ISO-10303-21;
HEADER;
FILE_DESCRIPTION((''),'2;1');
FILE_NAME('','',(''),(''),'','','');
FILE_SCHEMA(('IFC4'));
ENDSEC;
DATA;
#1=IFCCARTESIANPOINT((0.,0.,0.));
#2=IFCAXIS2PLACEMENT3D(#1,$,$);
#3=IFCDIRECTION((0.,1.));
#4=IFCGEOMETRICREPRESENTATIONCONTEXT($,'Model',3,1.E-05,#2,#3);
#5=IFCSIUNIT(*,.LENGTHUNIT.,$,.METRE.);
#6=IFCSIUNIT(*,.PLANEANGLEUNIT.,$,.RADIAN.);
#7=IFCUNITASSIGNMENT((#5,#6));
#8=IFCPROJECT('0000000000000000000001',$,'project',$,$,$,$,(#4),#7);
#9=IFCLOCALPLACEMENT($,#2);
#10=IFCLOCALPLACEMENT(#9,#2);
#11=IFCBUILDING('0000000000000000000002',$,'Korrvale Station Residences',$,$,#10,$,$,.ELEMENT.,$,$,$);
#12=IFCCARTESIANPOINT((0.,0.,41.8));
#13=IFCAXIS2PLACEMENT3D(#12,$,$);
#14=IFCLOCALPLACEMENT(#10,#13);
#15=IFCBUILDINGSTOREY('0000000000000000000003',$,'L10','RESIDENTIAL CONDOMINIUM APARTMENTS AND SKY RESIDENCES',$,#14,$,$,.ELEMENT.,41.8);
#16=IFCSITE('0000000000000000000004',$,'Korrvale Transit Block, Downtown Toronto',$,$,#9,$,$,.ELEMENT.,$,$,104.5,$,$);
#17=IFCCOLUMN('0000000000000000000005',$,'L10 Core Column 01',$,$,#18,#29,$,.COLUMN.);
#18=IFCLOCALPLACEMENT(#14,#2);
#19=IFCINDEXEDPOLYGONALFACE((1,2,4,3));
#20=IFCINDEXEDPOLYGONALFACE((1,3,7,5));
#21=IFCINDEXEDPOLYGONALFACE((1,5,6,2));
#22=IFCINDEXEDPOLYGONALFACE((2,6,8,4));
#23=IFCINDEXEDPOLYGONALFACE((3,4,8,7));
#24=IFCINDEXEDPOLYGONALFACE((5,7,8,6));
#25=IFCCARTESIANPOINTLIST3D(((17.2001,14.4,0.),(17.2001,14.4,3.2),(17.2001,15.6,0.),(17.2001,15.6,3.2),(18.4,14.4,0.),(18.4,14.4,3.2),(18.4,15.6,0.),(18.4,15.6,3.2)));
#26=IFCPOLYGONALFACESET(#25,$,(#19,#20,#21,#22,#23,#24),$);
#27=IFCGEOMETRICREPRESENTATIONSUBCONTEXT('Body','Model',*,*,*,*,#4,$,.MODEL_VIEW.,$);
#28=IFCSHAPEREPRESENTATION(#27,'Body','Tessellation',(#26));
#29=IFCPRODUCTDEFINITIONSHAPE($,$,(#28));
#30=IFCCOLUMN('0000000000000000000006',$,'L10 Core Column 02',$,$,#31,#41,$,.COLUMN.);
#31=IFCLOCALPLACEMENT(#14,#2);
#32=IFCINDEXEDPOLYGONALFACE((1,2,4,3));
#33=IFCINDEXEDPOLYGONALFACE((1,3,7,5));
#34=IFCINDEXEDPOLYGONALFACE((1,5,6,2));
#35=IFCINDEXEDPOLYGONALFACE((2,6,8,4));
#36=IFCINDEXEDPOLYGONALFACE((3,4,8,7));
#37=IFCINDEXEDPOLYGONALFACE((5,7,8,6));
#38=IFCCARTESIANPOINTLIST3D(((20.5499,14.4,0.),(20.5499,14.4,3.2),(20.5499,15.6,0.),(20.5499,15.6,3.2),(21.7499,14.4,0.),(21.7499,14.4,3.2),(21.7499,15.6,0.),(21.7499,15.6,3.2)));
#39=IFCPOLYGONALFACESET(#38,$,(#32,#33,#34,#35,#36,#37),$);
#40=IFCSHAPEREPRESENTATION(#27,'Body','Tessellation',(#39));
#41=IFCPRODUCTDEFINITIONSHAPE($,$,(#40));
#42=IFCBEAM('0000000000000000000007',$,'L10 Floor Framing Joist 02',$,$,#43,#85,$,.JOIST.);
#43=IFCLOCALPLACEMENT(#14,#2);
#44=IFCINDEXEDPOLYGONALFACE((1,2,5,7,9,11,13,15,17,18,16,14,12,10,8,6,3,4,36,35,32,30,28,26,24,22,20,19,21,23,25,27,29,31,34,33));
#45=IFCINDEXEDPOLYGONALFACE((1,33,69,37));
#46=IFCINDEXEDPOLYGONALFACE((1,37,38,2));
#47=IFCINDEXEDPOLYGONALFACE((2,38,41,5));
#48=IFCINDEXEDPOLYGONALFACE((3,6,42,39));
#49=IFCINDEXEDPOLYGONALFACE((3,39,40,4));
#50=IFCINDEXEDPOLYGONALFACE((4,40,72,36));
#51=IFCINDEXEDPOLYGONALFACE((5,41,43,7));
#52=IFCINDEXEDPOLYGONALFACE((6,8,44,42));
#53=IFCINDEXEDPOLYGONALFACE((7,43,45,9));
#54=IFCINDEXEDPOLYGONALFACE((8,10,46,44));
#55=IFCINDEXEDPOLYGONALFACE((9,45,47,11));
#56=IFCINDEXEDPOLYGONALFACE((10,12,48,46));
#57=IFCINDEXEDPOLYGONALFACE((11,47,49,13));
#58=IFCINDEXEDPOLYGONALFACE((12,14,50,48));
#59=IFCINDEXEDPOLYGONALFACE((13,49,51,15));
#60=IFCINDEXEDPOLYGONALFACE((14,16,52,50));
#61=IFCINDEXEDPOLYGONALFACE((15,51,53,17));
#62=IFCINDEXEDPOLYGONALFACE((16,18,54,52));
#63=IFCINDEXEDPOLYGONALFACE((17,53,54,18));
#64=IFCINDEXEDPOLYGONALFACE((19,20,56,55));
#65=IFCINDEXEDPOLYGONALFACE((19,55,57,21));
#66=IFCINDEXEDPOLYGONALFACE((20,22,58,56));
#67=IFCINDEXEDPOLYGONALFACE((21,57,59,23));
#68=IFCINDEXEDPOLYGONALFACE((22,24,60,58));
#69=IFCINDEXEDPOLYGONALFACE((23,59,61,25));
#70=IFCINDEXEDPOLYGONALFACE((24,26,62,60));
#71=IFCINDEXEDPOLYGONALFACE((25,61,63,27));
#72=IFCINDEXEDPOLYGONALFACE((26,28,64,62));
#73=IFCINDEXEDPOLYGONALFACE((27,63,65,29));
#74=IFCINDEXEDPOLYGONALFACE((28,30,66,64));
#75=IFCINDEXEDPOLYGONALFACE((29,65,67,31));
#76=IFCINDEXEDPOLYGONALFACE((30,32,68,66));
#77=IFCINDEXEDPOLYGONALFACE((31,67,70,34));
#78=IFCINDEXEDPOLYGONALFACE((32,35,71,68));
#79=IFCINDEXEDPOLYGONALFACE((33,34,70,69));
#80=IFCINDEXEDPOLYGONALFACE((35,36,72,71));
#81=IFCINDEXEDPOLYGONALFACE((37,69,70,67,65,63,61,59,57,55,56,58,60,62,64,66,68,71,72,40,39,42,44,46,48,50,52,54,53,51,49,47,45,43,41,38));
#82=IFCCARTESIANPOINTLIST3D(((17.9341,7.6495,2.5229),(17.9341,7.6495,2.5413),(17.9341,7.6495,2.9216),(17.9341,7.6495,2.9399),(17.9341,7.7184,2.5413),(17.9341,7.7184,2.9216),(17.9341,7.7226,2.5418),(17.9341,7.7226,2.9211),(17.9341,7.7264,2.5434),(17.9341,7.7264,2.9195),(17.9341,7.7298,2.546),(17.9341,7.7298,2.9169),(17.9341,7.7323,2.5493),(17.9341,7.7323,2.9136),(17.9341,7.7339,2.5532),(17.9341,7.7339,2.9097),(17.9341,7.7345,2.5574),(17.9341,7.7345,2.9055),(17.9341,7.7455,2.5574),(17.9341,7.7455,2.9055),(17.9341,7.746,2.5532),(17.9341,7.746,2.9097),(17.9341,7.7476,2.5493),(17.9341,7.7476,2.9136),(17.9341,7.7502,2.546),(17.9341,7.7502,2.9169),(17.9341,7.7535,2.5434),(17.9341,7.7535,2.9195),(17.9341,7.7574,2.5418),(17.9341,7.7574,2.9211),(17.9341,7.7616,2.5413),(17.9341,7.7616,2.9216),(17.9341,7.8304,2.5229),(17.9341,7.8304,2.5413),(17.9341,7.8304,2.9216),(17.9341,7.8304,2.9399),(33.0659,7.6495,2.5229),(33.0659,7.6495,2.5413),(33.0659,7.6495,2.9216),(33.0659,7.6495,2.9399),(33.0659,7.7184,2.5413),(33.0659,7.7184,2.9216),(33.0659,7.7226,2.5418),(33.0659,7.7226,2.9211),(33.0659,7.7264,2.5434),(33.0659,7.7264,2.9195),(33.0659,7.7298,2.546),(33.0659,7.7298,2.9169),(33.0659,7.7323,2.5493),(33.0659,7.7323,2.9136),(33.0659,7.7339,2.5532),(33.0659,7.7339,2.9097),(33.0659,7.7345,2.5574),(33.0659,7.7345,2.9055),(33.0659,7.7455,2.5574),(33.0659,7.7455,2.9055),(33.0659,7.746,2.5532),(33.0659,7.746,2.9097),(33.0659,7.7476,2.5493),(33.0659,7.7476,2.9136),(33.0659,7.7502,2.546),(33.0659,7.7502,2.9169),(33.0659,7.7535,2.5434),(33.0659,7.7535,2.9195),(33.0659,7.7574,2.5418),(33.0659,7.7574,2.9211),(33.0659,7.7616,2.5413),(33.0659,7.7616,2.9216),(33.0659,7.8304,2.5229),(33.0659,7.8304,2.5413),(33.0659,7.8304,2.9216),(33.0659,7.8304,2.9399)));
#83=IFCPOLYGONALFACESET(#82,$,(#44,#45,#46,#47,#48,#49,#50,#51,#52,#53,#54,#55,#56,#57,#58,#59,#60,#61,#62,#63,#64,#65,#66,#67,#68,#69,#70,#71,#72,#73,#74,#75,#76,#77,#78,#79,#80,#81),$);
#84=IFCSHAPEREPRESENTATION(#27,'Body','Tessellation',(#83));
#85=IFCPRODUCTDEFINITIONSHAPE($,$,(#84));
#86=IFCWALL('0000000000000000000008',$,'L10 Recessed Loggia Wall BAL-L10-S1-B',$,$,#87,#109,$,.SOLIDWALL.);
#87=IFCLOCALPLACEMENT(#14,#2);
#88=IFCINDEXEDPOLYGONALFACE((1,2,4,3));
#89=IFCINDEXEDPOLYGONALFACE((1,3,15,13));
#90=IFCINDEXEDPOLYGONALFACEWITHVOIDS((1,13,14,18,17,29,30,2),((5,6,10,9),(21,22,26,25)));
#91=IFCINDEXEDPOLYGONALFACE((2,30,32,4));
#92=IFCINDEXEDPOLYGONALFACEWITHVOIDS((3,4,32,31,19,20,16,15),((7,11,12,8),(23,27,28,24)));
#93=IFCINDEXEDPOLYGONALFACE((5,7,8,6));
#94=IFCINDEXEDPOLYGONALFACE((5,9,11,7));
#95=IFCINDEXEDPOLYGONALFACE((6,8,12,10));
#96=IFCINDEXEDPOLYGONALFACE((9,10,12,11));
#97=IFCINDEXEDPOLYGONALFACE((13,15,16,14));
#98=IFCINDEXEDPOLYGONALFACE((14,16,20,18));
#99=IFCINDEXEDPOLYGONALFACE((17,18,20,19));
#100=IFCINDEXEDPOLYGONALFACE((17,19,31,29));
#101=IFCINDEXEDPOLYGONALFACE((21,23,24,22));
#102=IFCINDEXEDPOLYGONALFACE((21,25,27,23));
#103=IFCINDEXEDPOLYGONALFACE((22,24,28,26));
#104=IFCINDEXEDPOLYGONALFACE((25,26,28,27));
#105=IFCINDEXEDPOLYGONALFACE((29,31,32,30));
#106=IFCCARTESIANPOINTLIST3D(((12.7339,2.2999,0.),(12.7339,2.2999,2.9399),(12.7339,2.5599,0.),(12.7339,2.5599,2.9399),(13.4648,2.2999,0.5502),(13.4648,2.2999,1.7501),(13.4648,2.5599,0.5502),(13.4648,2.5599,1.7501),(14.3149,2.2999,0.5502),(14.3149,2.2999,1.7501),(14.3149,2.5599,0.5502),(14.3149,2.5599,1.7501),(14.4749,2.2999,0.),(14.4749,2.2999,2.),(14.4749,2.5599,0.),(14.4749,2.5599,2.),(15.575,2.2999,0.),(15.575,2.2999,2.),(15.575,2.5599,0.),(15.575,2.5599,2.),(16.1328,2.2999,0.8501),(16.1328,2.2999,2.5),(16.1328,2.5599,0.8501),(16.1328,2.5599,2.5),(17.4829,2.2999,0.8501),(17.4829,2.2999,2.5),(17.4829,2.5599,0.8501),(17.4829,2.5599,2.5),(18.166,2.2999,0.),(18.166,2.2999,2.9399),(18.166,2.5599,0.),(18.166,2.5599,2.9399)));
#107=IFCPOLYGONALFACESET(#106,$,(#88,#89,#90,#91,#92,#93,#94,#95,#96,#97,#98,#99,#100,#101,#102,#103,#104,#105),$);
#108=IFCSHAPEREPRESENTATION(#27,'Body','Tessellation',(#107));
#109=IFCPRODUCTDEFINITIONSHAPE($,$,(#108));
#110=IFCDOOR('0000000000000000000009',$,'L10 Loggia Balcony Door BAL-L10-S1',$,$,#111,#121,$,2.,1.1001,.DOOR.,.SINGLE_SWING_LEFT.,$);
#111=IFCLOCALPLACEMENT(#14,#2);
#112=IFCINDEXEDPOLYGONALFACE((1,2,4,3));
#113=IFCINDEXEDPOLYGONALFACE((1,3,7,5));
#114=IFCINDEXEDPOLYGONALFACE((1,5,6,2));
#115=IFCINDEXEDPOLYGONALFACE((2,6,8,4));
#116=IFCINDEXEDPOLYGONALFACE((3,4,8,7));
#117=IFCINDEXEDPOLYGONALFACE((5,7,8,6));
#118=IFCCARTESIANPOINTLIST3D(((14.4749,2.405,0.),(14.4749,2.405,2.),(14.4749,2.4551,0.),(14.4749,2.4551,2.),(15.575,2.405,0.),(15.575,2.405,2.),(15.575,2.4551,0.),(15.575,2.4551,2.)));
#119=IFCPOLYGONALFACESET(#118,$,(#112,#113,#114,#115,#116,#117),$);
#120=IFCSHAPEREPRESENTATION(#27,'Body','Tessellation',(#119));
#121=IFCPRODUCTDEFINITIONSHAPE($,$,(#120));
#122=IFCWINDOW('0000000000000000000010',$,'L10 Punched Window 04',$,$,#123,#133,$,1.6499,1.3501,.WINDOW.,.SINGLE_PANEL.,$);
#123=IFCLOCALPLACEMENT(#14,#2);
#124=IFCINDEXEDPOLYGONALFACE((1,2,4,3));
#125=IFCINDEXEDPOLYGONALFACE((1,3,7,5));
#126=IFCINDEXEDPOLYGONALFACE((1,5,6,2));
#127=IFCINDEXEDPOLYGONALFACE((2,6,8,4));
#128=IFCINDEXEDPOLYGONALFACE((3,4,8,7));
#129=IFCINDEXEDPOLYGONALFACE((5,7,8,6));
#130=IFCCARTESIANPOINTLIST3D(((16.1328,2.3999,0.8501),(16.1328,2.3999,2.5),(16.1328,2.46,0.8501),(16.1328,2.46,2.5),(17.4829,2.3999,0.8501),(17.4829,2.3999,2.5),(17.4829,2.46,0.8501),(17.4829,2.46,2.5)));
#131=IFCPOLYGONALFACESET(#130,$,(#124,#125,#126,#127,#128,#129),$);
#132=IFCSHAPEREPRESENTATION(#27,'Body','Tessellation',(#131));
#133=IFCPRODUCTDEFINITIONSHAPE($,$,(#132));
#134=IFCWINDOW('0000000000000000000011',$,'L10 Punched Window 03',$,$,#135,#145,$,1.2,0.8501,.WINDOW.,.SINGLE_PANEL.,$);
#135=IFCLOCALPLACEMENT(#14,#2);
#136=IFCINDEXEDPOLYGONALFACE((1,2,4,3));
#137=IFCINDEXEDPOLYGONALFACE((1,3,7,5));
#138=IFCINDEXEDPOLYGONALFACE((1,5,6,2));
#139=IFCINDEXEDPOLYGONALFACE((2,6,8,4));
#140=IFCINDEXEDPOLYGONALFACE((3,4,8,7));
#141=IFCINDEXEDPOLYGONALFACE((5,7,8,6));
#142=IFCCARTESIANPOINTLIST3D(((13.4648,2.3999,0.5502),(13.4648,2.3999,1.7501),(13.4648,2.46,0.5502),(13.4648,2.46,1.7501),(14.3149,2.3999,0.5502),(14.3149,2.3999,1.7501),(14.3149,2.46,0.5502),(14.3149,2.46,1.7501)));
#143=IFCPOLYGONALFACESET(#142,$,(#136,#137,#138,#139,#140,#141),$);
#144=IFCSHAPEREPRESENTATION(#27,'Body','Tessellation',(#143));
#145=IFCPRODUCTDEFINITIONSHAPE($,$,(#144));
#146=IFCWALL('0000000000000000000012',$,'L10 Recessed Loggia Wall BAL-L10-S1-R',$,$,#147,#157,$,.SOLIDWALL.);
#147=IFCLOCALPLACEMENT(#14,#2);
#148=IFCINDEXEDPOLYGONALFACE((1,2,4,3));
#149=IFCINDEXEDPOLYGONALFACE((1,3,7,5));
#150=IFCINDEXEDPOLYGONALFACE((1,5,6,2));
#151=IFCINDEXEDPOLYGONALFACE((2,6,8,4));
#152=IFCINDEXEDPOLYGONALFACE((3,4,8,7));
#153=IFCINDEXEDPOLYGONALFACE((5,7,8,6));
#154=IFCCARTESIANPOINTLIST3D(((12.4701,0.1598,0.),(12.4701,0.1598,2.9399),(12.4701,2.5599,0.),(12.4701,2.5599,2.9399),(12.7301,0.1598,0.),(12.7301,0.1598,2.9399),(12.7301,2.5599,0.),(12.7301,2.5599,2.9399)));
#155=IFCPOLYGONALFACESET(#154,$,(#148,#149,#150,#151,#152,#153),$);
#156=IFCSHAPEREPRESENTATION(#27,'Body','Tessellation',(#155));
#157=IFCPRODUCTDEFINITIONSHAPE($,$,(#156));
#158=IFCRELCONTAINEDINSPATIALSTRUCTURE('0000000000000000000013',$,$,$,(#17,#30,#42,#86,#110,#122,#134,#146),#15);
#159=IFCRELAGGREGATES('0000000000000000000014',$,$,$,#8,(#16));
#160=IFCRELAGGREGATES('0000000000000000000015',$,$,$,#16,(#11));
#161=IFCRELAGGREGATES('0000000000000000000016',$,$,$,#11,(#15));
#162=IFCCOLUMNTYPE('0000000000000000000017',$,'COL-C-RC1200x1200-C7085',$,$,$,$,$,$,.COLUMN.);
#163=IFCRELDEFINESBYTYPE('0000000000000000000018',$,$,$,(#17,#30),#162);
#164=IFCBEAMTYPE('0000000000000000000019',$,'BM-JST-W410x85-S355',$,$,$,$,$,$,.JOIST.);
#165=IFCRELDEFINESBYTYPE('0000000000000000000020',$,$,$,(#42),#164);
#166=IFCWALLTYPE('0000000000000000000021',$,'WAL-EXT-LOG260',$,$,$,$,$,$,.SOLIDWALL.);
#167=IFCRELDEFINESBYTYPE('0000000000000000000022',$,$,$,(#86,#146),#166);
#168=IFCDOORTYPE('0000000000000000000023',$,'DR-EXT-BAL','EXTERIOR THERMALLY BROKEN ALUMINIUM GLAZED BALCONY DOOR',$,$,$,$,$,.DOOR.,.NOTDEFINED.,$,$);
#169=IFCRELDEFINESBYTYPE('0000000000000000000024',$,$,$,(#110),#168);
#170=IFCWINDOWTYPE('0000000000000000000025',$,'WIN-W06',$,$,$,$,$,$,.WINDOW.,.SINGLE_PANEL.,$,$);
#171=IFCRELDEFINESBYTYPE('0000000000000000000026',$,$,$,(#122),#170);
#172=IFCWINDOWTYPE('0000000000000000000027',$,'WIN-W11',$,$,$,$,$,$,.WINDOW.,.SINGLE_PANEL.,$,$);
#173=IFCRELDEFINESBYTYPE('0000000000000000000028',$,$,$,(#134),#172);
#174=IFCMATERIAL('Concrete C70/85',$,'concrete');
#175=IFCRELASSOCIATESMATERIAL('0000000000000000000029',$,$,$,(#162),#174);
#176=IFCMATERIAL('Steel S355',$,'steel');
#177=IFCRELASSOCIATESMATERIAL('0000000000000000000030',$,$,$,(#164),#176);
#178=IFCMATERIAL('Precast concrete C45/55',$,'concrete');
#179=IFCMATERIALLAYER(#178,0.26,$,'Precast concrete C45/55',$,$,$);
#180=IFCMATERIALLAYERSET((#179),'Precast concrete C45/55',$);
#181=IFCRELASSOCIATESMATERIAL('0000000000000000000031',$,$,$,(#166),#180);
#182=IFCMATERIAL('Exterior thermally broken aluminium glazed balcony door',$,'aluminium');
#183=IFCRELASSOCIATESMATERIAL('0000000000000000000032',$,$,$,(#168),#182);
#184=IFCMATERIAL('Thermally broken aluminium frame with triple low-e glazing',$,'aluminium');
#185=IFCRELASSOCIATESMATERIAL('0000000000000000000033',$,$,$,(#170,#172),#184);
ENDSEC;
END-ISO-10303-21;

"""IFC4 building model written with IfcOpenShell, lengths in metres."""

from ifc_helpers import new_model, si_unit, direction, frame, frame_2d, origin, origin_2d, place, context, subcontext, project, spatial, rectangle, i_section, extrude, material, layer, layer_set, material_profile, profile_set, type_object, element, fill, save


model = new_model("IFC4")

# Units and contexts
model_context = context("Model", 3, precision=1e-05, world=origin(), true_north=direction((0.0, 1.0)))
body_context = subcontext(model_context, "Body", "Model", "MODEL_VIEW")
ifc_project = project(units=[si_unit("LENGTHUNIT", "METRE"), si_unit("PLANEANGLEUNIT", "RADIAN")], contexts=[model_context])

# Site, building, storey
site_placement = place(None, origin())
site = spatial("IfcSite", under=ifc_project, at=site_placement, Name="Korrvale Transit Block, Downtown Toronto", CompositionType="ELEMENT", RefElevation=104.5)
building_placement = place(site_placement, origin())
building = spatial("IfcBuilding", under=site, at=building_placement, Name="Korrvale Station Residences", CompositionType="ELEMENT")
storey_placement = place(building_placement, frame((0.0, 0.0, 41.8)))
storey = spatial("IfcBuildingStorey", under=building, at=storey_placement, Name="L10", Description="RESIDENTIAL CONDOMINIUM APARTMENTS AND SKY RESIDENCES", CompositionType="ELEMENT", Elevation=41.8)

# Columns
ifc_material_1 = material(Name="Concrete C70/85", Category="concrete")
ifc_material_profile_1 = material_profile(ifc_material_1, rectangle(XDim=1.2, YDim=1.2, at=origin_2d()), Name="RC1200x1200")
ifc_profile_set_1 = profile_set([ifc_material_profile_1], Name="Concrete C70/85")
column_type = type_object("IfcColumnType", Name="COL-C-RC1200x1200-C7085", PredefinedType="COLUMN", material=ifc_profile_set_1)
for number, where, z_axis, x_axis, name in (
    (1, (17.8, 15.0, 0.0), (0.0, 0.0, 1.0), (1.0, 0.0, 0.0), "L10 Core Column 01"),
    (2, (21.1499, 15.0, 0.0), (0.0, 0.0, 1.0), (1.0, 0.0, 0.0), "L10 Core Column 02"),
):
    element("IfcColumn", number, at=place(storey_placement, frame(where, z_axis=z_axis, x_axis=x_axis)), inside=storey, type_object=column_type, Name=name, PredefinedType="COLUMN", context=body_context, shape_type="SweptSolid", body=[
        extrude(rectangle(XDim=1.2, YDim=1.2, at=origin_2d()), origin(), (0.0, 0.0, 1.0), 3.2),
    ])

# Beam
ifc_material_2 = material(Name="Steel S355", Category="steel")
ifc_material_profile_2 = material_profile(ifc_material_2, i_section(OverallWidth=0.1809, OverallDepth=0.417, WebThickness=0.011, FlangeThickness=0.0183, FilletRadius=0.0161, at=origin_2d()), Name="W410x85")
ifc_profile_set_2 = profile_set([ifc_material_profile_2], Name="Steel S355")
beam_type = type_object("IfcBeamType", Name="BM-JST-W410x85-S355", PredefinedType="JOIST", material=ifc_profile_set_2)
beam_placement = place(storey_placement, frame((17.9341, 7.74, 2.7314), z_axis=(1.0, 0.0, 0.0), x_axis=(0.0, 1.0, 0.0)))
element("IfcBeam", 3, at=beam_placement, inside=storey, type_object=beam_type, Name="L10 Floor Framing Joist 02", PredefinedType="JOIST", context=body_context, shape_type="SweptSolid", body=[
    extrude(i_section(OverallWidth=0.1809, OverallDepth=0.417, WebThickness=0.011, FlangeThickness=0.0183, FilletRadius=0.0161, at=origin_2d()), origin(), (0.0, 0.0, 1.0), 15.1318),
])

# Wall, openings, door, windows
ifc_material_3 = material(Name="Precast concrete C45/55", Category="concrete")
ifc_layer_1 = layer(ifc_material_3, 0.26, Name="Precast concrete C45/55")
ifc_layer_set_1 = layer_set([ifc_layer_1], Name="Precast concrete C45/55")
wall_type_1 = type_object("IfcWallType", Name="WAL-EXT-LOG260", PredefinedType="SOLIDWALL", material=ifc_layer_set_1)
wall_1_placement = place(storey_placement, frame((18.166, 2.4299, 0.0), z_axis=(0.0, 0.0, 1.0), x_axis=(-1.0, 0.0, 0.0)))
wall_1 = element("IfcWall", 4, at=wall_1_placement, inside=storey, type_object=wall_type_1, Name="L10 Recessed Loggia Wall BAL-L10-S1-B", PredefinedType="SOLIDWALL", context=body_context, shape_type="SweptSolid", body=[
    extrude(rectangle(XDim=5.4321, YDim=0.26, at=frame_2d((2.7161, 0.0))), origin(), (0.0, 0.0, 1.0), 2.9399),
])
opening_1_placement = place(wall_1_placement, frame((2.5911, 0.0, 0.0)))
opening_1 = element("IfcOpeningElement", 5, at=opening_1_placement, cuts=wall_1, PredefinedType="OPENING", context=body_context, shape_type="SweptSolid", body=[
    extrude(rectangle(XDim=1.1001, YDim=2.0, at=frame_2d((0.55, 1.0))), frame((0.0, 0.1401, 0.0), z_axis=(0.0, -1.0, 0.0), x_axis=(1.0, 0.0, 0.0)), (0.0, 0.0, 1.0), 0.28),
])
opening_2_placement = place(wall_1_placement, frame((3.8511, 0.0, 0.55)))
opening_2 = element("IfcOpeningElement", 6, at=opening_2_placement, cuts=wall_1, PredefinedType="OPENING", context=body_context, shape_type="SweptSolid", body=[
    extrude(rectangle(XDim=0.8501, YDim=1.2, at=frame_2d((0.425, 0.6001))), frame((0.0, 0.1401, 0.0), z_axis=(0.0, -1.0, 0.0), x_axis=(1.0, 0.0, 0.0)), (0.0, 0.0, 1.0), 0.28),
])
opening_3_placement = place(wall_1_placement, frame((0.6831, 0.0, 0.8501)))
opening_3 = element("IfcOpeningElement", 7, at=opening_3_placement, cuts=wall_1, PredefinedType="OPENING", context=body_context, shape_type="SweptSolid", body=[
    extrude(rectangle(XDim=1.3501, YDim=1.6499, at=frame_2d((0.675, 0.825))), frame((0.0, 0.1401, 0.0), z_axis=(0.0, -1.0, 0.0), x_axis=(1.0, 0.0, 0.0)), (0.0, 0.0, 1.0), 0.28),
])
ifc_material_4 = material(Name="Exterior thermally broken aluminium glazed balcony door", Category="aluminium")
door_type_1 = type_object("IfcDoorType", Name="DR-EXT-BAL", Description="EXTERIOR THERMALLY BROKEN ALUMINIUM GLAZED BALCONY DOOR", OperationType="NOTDEFINED", PredefinedType="DOOR", material=ifc_material_4)
door_1_placement = place(opening_1_placement, origin())
door_1 = element("IfcDoor", 8, at=door_1_placement, inside=storey, type_object=door_type_1, Name="L10 Loggia Balcony Door BAL-L10-S1", OperationType="SINGLE_SWING_LEFT", OverallHeight=2.0, OverallWidth=1.1001, PredefinedType="DOOR", context=body_context, shape_type="SweptSolid", body=[
    extrude(rectangle(XDim=1.1001, YDim=2.0, at=frame_2d((0.55, 1.0))), frame((0.0, 0.0249, 0.0), z_axis=(0.0, -1.0, 0.0), x_axis=(1.0, 0.0, 0.0)), (0.0, 0.0, 1.0), 0.05),
])
fill(opening_1, door_1)
ifc_material_5 = material(Name="Thermally broken aluminium frame with triple low-e glazing", Category="aluminium")
window_type_1 = type_object("IfcWindowType", Name="WIN-W06", PartitioningType="SINGLE_PANEL", PredefinedType="WINDOW", material=ifc_material_5)
window_1_placement = place(opening_3_placement, origin())
window_1 = element("IfcWindow", 9, at=window_1_placement, inside=storey, type_object=window_type_1, Name="L10 Punched Window 04", OverallHeight=1.6499, OverallWidth=1.3501, PartitioningType="SINGLE_PANEL", PredefinedType="WINDOW", context=body_context, shape_type="SweptSolid", body=[
    extrude(rectangle(XDim=1.3501, YDim=1.6499, at=frame_2d((0.675, 0.825))), frame((0.0, 0.03, 0.0), z_axis=(0.0, -1.0, 0.0), x_axis=(1.0, 0.0, 0.0)), (0.0, 0.0, 1.0), 0.0601),
])
fill(opening_3, window_1)
window_type_2 = type_object("IfcWindowType", Name="WIN-W11", PartitioningType="SINGLE_PANEL", PredefinedType="WINDOW", material=ifc_material_5)
window_2_placement = place(opening_2_placement, origin())
window_2 = element("IfcWindow", 10, at=window_2_placement, inside=storey, type_object=window_type_2, Name="L10 Punched Window 03", OverallHeight=1.2, OverallWidth=0.8501, PartitioningType="SINGLE_PANEL", PredefinedType="WINDOW", context=body_context, shape_type="SweptSolid", body=[
    extrude(rectangle(XDim=0.8501, YDim=1.2, at=frame_2d((0.425, 0.6001))), frame((0.0, 0.03, 0.0), z_axis=(0.0, -1.0, 0.0), x_axis=(1.0, 0.0, 0.0)), (0.0, 0.0, 1.0), 0.0601),
])
fill(opening_2, window_2)

# Wall
wall_2_placement = place(storey_placement, frame((12.6001, 2.5601, 0.0), z_axis=(0.0, 0.0, 1.0), x_axis=(0.0, -1.0, 0.0)))
element("IfcWall", 11, at=wall_2_placement, inside=storey, type_object=wall_type_1, Name="L10 Recessed Loggia Wall BAL-L10-S1-R", PredefinedType="SOLIDWALL", context=body_context, shape_type="SweptSolid", body=[
    extrude(rectangle(XDim=2.4001, YDim=0.26, at=frame_2d((1.2002, 0.0))), origin(), (0.0, 0.0, 1.0), 2.9399),
])

save(model, "model.ifc")
